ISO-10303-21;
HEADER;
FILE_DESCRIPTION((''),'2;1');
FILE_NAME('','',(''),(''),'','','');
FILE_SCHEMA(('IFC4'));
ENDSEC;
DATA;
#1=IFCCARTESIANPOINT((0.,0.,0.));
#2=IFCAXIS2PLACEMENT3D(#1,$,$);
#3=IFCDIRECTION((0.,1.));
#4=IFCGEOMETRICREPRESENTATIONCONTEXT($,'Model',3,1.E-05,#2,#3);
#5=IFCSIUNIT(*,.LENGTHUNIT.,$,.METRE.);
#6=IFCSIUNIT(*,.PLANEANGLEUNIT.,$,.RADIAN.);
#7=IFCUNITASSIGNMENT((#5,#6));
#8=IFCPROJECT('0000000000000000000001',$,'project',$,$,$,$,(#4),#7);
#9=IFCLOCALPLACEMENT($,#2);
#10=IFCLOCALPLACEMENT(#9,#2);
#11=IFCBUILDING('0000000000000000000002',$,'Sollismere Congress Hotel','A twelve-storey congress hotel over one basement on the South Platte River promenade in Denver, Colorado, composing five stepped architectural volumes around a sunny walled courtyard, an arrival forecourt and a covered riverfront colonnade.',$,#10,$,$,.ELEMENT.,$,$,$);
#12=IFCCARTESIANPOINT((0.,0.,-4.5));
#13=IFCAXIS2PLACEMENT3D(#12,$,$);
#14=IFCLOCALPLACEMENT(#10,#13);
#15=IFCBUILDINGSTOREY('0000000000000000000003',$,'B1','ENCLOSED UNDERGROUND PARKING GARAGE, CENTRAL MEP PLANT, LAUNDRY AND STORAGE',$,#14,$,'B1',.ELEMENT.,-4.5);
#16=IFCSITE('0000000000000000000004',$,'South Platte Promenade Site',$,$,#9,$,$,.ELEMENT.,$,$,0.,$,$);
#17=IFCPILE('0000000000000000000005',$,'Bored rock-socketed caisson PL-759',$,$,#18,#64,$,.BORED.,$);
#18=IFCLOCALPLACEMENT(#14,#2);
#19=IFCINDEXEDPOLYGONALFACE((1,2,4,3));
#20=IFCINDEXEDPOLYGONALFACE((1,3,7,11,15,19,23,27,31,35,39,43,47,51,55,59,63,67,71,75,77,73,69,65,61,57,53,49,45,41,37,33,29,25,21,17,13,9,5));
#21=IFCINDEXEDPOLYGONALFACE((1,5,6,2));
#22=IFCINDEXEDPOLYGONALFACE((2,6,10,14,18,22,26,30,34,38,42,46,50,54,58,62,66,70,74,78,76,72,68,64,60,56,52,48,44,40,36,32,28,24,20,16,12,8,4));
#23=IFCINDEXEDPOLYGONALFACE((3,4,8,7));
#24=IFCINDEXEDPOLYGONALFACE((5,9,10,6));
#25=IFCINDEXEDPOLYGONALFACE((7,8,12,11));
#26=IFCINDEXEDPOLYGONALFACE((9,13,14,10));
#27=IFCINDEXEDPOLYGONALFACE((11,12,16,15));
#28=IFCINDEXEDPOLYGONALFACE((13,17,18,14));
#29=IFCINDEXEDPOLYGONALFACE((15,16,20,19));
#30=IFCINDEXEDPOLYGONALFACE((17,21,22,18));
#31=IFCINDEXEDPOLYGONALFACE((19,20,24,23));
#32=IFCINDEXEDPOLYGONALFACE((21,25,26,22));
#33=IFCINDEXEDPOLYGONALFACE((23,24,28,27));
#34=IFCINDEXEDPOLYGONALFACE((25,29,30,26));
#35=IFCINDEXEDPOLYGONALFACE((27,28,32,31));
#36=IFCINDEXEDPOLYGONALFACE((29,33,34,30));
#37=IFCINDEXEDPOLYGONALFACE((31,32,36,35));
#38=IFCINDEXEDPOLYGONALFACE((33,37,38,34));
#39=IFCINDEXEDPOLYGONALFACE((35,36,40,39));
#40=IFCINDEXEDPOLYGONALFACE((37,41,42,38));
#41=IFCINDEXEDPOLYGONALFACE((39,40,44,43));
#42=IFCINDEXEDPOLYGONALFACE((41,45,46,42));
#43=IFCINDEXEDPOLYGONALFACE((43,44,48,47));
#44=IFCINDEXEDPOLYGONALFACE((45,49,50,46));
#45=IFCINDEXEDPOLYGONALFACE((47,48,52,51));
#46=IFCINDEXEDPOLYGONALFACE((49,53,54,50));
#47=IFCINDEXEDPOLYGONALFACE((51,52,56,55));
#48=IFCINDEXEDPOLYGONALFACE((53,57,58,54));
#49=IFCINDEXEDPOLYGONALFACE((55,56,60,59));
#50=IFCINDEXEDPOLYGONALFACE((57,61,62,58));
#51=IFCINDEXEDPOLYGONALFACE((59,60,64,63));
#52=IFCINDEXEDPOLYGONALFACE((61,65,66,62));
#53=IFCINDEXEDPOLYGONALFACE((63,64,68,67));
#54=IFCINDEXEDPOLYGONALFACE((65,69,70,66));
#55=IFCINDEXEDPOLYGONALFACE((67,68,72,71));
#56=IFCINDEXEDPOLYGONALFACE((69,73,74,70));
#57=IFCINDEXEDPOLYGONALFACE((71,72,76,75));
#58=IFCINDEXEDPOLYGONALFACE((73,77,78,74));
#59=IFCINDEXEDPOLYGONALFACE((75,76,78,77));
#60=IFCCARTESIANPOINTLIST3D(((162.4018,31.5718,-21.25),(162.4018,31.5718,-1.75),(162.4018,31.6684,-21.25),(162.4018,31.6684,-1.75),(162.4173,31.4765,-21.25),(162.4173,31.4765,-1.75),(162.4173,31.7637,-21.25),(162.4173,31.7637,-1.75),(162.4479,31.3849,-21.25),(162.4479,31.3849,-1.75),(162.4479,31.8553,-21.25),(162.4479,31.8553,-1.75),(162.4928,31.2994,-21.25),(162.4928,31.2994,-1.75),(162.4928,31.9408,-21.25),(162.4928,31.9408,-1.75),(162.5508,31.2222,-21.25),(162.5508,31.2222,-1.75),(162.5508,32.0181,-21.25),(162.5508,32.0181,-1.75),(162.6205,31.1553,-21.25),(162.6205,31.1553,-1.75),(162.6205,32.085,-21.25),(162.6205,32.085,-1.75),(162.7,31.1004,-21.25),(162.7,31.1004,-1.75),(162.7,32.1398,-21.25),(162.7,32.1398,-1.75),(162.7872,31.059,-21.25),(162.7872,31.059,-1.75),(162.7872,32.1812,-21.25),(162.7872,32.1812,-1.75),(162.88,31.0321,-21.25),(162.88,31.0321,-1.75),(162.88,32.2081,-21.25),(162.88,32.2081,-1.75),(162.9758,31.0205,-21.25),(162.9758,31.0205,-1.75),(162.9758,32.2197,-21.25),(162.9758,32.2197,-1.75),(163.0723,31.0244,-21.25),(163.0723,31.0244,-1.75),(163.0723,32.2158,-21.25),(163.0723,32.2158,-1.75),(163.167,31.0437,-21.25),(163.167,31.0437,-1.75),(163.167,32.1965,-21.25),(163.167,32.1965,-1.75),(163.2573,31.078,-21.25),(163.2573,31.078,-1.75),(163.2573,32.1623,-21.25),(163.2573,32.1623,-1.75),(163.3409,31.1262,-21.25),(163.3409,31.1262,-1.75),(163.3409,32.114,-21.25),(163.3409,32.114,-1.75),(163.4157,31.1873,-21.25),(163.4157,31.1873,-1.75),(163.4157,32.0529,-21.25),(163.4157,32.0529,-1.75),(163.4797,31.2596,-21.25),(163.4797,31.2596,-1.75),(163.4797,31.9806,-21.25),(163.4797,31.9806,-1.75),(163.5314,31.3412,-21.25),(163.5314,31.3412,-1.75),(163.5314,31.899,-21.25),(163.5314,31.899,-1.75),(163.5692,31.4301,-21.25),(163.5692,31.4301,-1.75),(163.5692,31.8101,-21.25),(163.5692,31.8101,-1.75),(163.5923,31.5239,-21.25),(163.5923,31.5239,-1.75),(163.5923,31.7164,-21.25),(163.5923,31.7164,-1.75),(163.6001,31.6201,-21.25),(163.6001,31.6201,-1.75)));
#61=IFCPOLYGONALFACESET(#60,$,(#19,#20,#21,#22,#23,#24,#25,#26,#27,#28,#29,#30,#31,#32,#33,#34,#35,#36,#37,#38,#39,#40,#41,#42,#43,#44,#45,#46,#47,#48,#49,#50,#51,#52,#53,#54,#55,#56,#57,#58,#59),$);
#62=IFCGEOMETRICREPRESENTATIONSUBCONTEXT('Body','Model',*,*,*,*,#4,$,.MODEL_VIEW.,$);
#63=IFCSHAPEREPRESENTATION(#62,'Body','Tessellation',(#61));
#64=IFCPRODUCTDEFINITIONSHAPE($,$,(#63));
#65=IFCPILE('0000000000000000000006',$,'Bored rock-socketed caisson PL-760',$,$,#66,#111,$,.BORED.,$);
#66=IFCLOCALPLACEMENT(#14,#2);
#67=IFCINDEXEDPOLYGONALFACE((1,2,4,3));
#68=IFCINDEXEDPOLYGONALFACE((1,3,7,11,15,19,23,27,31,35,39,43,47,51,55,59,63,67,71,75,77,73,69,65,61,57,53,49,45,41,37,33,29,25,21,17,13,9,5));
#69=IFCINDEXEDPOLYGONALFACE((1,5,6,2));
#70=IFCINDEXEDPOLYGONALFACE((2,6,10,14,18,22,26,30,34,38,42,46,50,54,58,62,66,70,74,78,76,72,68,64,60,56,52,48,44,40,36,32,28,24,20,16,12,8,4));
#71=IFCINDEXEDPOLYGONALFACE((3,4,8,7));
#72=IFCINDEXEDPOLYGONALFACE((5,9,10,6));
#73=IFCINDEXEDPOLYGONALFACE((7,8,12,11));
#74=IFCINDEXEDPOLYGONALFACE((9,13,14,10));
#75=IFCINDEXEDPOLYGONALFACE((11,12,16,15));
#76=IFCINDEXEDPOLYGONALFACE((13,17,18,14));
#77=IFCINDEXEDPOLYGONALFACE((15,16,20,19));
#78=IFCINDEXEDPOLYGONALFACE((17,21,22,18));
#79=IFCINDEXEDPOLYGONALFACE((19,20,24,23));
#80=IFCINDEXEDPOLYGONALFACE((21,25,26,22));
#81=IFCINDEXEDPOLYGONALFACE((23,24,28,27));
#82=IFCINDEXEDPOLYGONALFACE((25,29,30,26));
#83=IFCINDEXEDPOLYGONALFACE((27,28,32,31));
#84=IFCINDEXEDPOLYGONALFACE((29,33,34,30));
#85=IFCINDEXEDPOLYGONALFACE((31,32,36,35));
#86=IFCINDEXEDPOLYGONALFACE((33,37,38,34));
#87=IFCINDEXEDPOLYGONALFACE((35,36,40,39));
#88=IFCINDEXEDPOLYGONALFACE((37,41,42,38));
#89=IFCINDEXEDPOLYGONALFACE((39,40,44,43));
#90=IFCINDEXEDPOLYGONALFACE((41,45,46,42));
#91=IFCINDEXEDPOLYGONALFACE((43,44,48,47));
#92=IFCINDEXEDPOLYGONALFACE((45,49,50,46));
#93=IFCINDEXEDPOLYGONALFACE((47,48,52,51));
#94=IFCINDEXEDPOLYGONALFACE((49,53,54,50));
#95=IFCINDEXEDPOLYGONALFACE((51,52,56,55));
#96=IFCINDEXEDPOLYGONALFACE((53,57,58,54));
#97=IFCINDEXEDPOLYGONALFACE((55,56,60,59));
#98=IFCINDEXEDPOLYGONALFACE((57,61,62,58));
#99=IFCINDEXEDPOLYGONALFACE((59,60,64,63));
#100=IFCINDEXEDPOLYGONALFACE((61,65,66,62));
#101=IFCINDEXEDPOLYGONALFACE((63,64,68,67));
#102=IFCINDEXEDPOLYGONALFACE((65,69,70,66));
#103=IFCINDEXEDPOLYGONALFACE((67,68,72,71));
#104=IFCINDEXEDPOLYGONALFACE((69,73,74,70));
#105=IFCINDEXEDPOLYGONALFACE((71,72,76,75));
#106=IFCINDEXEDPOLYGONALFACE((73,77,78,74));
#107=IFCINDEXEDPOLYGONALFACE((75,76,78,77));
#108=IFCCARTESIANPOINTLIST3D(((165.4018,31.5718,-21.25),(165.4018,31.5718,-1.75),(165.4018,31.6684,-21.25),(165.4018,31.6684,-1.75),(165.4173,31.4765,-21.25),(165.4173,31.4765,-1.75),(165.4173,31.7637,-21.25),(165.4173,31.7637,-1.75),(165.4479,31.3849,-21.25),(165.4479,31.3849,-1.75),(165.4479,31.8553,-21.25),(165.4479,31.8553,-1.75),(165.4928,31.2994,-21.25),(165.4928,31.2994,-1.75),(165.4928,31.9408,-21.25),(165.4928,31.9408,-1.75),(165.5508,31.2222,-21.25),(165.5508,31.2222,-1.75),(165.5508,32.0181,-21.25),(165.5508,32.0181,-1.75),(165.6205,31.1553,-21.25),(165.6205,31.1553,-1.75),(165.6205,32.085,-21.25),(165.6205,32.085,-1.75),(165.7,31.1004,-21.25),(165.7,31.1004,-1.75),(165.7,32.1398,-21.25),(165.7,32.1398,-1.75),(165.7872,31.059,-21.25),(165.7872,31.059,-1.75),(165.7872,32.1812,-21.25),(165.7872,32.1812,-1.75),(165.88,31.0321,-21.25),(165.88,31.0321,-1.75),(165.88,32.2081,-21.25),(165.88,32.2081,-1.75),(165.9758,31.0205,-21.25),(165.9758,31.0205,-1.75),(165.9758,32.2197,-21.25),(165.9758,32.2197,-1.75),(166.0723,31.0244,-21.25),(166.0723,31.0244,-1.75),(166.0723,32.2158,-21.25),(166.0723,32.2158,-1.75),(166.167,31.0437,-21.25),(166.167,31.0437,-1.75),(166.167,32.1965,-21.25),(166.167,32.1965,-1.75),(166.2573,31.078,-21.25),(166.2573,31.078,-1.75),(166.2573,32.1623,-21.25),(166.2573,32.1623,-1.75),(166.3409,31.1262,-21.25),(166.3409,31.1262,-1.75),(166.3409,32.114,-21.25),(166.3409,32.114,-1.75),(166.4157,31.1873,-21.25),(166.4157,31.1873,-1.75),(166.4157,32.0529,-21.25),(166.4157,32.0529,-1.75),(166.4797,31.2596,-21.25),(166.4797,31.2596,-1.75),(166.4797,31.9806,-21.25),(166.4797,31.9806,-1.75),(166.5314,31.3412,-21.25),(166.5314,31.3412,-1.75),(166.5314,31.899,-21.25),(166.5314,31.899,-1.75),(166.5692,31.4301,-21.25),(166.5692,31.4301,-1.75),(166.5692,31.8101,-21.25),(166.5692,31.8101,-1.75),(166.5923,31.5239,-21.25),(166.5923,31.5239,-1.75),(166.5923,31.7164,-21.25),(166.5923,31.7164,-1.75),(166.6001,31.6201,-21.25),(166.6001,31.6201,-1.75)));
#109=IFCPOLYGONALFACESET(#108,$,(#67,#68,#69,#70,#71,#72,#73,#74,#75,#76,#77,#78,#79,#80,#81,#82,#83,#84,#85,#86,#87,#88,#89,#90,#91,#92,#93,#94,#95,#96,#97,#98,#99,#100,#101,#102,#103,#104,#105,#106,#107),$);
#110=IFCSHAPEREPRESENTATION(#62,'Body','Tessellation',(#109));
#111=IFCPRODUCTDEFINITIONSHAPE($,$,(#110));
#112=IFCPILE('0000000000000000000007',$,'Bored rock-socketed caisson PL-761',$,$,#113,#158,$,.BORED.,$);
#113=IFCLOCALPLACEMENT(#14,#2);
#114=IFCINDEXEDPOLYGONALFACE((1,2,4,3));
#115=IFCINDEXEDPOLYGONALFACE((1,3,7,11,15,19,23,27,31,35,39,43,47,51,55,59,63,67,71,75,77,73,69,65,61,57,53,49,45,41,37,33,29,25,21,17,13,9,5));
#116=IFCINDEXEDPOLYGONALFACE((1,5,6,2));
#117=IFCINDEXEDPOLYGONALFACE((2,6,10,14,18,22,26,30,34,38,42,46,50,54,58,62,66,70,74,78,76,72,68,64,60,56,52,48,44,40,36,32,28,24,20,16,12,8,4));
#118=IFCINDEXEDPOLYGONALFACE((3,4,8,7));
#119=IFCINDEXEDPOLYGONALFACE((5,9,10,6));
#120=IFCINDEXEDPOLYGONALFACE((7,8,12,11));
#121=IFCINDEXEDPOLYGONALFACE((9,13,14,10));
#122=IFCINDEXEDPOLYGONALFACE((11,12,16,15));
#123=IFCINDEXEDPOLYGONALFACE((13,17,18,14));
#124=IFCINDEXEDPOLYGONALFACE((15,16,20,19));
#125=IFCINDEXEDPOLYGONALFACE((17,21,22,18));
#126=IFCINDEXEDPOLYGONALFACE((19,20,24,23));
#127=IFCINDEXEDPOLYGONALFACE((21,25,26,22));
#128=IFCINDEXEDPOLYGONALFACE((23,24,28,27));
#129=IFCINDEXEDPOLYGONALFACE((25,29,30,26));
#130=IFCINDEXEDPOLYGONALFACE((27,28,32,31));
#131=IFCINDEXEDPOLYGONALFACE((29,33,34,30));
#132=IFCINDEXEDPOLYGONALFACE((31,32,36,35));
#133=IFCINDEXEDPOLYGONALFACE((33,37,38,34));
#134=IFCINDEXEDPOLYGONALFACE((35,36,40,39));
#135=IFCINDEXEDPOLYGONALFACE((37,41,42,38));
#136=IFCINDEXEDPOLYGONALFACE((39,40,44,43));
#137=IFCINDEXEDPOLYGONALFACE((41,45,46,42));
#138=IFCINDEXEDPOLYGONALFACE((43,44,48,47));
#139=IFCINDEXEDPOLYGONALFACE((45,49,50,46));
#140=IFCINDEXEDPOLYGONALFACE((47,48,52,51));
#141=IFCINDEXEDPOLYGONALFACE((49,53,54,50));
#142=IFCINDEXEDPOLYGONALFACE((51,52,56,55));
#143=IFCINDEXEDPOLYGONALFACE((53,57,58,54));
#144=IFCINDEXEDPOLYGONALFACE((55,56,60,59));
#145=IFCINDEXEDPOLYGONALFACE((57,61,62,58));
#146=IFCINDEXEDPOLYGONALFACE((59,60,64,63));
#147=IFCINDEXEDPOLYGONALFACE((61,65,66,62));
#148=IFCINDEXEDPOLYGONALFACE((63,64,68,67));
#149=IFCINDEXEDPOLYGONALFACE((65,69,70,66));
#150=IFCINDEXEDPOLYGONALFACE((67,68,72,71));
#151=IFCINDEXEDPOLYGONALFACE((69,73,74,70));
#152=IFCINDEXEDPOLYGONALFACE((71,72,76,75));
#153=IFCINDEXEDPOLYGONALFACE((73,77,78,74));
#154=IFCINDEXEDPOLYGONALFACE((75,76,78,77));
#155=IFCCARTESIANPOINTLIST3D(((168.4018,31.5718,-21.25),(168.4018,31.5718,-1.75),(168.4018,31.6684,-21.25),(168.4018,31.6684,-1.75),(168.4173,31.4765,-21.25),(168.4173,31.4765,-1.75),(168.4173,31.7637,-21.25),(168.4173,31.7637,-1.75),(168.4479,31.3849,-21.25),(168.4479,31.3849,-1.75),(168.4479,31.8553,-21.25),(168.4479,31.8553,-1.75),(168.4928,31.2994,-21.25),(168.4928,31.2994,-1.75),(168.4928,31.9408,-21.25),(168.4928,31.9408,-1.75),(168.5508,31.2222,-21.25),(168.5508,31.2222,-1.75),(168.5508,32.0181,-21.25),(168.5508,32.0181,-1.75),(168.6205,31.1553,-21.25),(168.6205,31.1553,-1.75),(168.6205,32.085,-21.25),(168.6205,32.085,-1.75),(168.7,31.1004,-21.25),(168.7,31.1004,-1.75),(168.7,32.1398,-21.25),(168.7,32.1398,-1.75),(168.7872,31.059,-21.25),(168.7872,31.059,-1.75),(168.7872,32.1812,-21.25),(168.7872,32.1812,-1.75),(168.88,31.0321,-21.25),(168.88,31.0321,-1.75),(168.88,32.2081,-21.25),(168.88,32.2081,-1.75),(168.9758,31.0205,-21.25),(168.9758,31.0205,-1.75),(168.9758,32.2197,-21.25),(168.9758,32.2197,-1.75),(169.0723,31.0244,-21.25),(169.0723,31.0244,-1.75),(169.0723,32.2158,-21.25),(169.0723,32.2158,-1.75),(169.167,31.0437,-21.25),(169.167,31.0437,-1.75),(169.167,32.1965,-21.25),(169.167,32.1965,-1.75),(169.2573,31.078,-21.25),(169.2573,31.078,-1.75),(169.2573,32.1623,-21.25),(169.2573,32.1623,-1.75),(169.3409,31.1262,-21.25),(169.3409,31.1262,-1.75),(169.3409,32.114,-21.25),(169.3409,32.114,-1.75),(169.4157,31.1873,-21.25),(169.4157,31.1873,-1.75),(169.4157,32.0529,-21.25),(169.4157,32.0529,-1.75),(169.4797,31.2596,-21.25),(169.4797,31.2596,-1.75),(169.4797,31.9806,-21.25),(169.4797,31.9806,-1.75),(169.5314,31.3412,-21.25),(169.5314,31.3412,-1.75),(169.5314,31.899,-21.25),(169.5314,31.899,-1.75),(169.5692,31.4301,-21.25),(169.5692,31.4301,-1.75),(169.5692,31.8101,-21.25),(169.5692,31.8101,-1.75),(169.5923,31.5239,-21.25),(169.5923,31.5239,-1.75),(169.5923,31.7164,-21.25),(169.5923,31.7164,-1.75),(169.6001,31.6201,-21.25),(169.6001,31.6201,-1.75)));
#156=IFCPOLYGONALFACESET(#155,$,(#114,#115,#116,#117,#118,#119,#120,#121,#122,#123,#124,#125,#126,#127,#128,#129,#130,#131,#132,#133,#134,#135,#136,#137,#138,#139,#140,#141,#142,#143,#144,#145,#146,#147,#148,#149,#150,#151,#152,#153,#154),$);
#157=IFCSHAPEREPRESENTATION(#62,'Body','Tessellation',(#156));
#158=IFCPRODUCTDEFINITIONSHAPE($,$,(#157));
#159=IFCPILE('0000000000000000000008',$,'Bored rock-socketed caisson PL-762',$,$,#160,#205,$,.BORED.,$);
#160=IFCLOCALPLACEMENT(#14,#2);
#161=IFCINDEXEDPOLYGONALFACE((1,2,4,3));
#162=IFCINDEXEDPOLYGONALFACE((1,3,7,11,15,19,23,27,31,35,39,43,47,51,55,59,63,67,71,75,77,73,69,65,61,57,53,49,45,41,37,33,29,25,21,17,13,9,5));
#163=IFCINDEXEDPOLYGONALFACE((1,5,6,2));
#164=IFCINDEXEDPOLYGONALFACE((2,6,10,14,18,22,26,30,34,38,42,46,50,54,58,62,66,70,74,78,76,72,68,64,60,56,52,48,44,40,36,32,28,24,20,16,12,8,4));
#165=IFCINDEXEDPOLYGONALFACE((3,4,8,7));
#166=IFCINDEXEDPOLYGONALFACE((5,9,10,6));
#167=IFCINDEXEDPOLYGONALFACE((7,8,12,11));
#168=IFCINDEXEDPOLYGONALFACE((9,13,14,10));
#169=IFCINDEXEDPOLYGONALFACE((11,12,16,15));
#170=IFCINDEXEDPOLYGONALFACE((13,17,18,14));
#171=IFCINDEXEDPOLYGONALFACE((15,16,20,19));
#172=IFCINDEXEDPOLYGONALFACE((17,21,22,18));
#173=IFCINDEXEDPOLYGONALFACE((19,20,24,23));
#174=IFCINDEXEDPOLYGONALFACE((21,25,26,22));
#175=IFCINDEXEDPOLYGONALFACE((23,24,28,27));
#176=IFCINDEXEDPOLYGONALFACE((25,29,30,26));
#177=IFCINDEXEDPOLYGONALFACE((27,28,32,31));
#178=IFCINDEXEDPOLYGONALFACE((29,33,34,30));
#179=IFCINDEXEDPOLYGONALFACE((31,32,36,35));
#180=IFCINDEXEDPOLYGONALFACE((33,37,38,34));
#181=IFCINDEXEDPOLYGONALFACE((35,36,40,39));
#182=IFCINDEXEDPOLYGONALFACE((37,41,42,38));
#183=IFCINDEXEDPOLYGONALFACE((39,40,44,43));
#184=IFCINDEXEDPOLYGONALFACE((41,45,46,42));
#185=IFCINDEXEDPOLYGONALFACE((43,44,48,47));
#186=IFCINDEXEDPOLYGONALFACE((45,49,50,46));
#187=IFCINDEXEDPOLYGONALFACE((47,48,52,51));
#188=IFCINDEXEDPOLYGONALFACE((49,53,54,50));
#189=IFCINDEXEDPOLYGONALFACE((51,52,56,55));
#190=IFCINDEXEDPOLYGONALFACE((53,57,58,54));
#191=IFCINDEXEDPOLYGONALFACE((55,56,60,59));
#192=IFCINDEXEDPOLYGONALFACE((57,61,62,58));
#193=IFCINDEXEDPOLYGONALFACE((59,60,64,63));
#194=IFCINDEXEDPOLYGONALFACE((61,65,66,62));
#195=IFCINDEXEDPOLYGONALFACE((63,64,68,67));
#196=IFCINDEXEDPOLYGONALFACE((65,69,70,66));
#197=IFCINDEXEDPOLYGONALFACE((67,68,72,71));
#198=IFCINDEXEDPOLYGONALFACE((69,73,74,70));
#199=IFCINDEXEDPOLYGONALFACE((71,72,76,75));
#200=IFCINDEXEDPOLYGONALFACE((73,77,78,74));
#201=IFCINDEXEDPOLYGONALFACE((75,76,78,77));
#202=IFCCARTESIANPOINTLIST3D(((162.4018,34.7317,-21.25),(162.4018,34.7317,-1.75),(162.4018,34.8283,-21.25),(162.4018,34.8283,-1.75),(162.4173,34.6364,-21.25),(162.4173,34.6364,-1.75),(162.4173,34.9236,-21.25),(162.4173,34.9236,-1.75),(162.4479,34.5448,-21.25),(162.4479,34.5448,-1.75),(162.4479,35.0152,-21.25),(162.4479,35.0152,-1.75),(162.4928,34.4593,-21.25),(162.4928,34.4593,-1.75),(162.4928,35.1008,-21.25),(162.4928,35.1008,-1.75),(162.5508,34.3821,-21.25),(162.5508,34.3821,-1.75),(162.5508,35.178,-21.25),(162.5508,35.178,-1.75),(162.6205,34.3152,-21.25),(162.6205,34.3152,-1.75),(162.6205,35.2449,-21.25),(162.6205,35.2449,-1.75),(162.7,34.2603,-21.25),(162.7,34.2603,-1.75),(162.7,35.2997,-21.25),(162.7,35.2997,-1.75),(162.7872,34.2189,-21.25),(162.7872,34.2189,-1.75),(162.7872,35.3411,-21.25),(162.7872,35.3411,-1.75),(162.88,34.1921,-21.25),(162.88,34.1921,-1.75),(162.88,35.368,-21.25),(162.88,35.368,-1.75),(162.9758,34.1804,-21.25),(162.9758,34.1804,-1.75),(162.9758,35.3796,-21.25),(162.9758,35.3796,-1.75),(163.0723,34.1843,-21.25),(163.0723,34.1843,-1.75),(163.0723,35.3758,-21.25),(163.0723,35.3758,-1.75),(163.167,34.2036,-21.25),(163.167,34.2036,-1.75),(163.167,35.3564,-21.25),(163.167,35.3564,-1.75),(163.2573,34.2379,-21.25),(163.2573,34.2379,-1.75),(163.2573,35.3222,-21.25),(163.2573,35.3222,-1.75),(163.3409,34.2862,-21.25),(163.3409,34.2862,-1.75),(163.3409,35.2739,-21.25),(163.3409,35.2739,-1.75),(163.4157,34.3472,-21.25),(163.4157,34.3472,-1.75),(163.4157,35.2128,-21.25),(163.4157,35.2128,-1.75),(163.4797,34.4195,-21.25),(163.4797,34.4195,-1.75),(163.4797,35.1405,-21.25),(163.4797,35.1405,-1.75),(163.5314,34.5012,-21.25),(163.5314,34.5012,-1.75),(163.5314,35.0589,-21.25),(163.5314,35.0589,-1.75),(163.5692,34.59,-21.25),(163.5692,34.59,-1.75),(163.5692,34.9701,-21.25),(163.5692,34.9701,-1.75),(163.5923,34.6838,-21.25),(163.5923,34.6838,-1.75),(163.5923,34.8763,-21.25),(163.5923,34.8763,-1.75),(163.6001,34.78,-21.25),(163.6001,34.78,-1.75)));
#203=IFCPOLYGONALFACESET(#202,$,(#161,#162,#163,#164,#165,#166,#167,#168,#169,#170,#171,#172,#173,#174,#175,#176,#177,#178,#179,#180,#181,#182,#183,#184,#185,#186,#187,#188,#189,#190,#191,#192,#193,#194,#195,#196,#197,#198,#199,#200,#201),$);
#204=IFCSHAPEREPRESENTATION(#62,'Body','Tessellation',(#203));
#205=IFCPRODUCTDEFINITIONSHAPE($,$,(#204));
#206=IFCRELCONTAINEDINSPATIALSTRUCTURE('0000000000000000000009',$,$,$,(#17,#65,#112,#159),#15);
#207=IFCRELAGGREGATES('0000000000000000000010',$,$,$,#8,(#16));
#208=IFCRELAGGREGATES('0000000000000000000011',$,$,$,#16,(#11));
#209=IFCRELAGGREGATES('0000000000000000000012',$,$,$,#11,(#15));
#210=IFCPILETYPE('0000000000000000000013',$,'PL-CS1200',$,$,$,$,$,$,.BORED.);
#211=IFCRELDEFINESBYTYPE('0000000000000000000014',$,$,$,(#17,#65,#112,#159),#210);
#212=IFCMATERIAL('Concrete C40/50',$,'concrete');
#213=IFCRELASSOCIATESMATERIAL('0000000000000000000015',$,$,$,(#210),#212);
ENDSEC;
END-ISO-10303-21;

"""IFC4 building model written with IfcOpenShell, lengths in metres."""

from ifc_helpers import new_model, si_unit, direction, frame, origin, origin_2d, place, context, subcontext, project, spatial, circle, extrude, material, material_profile, profile_set, type_object, element, save


model = new_model("IFC4")

# Units and contexts
model_context = context("Model", 3, precision=1e-05, world=origin(), true_north=direction((0.0, 1.0)))
body_context = subcontext(model_context, "Body", "Model", "MODEL_VIEW")
ifc_project = project(units=[si_unit("LENGTHUNIT", "METRE"), si_unit("PLANEANGLEUNIT", "RADIAN")], contexts=[model_context])

# Site, building, storey
site_placement = place(None, origin())
site = spatial("IfcSite", under=ifc_project, at=site_placement, Name="South Platte Promenade Site", CompositionType="ELEMENT", RefElevation=0.0)
building_placement = place(site_placement, origin())
building = spatial("IfcBuilding", under=site, at=building_placement, Name="Sollismere Congress Hotel", Description="A twelve-storey congress hotel over one basement on the South Platte River promenade in Denver, Colorado, composing five stepped architectural volumes around a sunny walled courtyard, an arrival forecourt and a covered riverfront colonnade.", CompositionType="ELEMENT")
storey_placement = place(building_placement, frame((0.0, 0.0, -4.5)))
storey = spatial("IfcBuildingStorey", under=building, at=storey_placement, Name="B1", Description="ENCLOSED UNDERGROUND PARKING GARAGE, CENTRAL MEP PLANT, LAUNDRY AND STORAGE", LongName="B1", CompositionType="ELEMENT", Elevation=-4.5)

# Shared definitions
ifc_material_1 = material(Name="Concrete C40/50", Category="concrete")

# Piles
ifc_material_profile_1 = material_profile(ifc_material_1, circle(Radius=0.6001, at=origin_2d()), Name="CAISSON1200")
ifc_profile_set_1 = profile_set([ifc_material_profile_1], Name="Concrete C40/50")
pile_type = type_object("IfcPileType", Name="PL-CS1200", PredefinedType="BORED", material=ifc_profile_set_1)
for number, where, z_axis, x_axis, name in (
    (1, (163.0, 31.6201, -1.75), (0.0, 0.0, -1.0), (1.0, 0.0, 0.0), "Bored rock-socketed caisson PL-759"),
    (2, (166.0, 31.6201, -1.75), (0.0, 0.0, -1.0), (1.0, 0.0, 0.0), "Bored rock-socketed caisson PL-760"),
    (3, (169.0, 31.6201, -1.75), (0.0, 0.0, -1.0), (1.0, 0.0, 0.0), "Bored rock-socketed caisson PL-761"),
    (4, (163.0, 34.78, -1.75), (0.0, 0.0, -1.0), (1.0, 0.0, 0.0), "Bored rock-socketed caisson PL-762"),
):
    element("IfcPile", number, at=place(storey_placement, frame(where, z_axis=z_axis, x_axis=x_axis)), inside=storey, type_object=pile_type, Name=name, PredefinedType="BORED", context=body_context, shape_type="SweptSolid", body=[
        extrude(circle(Radius=0.6001, at=origin_2d()), origin(), (0.0, 0.0, 1.0), 19.5),
    ])

save(model, "model.ifc")
